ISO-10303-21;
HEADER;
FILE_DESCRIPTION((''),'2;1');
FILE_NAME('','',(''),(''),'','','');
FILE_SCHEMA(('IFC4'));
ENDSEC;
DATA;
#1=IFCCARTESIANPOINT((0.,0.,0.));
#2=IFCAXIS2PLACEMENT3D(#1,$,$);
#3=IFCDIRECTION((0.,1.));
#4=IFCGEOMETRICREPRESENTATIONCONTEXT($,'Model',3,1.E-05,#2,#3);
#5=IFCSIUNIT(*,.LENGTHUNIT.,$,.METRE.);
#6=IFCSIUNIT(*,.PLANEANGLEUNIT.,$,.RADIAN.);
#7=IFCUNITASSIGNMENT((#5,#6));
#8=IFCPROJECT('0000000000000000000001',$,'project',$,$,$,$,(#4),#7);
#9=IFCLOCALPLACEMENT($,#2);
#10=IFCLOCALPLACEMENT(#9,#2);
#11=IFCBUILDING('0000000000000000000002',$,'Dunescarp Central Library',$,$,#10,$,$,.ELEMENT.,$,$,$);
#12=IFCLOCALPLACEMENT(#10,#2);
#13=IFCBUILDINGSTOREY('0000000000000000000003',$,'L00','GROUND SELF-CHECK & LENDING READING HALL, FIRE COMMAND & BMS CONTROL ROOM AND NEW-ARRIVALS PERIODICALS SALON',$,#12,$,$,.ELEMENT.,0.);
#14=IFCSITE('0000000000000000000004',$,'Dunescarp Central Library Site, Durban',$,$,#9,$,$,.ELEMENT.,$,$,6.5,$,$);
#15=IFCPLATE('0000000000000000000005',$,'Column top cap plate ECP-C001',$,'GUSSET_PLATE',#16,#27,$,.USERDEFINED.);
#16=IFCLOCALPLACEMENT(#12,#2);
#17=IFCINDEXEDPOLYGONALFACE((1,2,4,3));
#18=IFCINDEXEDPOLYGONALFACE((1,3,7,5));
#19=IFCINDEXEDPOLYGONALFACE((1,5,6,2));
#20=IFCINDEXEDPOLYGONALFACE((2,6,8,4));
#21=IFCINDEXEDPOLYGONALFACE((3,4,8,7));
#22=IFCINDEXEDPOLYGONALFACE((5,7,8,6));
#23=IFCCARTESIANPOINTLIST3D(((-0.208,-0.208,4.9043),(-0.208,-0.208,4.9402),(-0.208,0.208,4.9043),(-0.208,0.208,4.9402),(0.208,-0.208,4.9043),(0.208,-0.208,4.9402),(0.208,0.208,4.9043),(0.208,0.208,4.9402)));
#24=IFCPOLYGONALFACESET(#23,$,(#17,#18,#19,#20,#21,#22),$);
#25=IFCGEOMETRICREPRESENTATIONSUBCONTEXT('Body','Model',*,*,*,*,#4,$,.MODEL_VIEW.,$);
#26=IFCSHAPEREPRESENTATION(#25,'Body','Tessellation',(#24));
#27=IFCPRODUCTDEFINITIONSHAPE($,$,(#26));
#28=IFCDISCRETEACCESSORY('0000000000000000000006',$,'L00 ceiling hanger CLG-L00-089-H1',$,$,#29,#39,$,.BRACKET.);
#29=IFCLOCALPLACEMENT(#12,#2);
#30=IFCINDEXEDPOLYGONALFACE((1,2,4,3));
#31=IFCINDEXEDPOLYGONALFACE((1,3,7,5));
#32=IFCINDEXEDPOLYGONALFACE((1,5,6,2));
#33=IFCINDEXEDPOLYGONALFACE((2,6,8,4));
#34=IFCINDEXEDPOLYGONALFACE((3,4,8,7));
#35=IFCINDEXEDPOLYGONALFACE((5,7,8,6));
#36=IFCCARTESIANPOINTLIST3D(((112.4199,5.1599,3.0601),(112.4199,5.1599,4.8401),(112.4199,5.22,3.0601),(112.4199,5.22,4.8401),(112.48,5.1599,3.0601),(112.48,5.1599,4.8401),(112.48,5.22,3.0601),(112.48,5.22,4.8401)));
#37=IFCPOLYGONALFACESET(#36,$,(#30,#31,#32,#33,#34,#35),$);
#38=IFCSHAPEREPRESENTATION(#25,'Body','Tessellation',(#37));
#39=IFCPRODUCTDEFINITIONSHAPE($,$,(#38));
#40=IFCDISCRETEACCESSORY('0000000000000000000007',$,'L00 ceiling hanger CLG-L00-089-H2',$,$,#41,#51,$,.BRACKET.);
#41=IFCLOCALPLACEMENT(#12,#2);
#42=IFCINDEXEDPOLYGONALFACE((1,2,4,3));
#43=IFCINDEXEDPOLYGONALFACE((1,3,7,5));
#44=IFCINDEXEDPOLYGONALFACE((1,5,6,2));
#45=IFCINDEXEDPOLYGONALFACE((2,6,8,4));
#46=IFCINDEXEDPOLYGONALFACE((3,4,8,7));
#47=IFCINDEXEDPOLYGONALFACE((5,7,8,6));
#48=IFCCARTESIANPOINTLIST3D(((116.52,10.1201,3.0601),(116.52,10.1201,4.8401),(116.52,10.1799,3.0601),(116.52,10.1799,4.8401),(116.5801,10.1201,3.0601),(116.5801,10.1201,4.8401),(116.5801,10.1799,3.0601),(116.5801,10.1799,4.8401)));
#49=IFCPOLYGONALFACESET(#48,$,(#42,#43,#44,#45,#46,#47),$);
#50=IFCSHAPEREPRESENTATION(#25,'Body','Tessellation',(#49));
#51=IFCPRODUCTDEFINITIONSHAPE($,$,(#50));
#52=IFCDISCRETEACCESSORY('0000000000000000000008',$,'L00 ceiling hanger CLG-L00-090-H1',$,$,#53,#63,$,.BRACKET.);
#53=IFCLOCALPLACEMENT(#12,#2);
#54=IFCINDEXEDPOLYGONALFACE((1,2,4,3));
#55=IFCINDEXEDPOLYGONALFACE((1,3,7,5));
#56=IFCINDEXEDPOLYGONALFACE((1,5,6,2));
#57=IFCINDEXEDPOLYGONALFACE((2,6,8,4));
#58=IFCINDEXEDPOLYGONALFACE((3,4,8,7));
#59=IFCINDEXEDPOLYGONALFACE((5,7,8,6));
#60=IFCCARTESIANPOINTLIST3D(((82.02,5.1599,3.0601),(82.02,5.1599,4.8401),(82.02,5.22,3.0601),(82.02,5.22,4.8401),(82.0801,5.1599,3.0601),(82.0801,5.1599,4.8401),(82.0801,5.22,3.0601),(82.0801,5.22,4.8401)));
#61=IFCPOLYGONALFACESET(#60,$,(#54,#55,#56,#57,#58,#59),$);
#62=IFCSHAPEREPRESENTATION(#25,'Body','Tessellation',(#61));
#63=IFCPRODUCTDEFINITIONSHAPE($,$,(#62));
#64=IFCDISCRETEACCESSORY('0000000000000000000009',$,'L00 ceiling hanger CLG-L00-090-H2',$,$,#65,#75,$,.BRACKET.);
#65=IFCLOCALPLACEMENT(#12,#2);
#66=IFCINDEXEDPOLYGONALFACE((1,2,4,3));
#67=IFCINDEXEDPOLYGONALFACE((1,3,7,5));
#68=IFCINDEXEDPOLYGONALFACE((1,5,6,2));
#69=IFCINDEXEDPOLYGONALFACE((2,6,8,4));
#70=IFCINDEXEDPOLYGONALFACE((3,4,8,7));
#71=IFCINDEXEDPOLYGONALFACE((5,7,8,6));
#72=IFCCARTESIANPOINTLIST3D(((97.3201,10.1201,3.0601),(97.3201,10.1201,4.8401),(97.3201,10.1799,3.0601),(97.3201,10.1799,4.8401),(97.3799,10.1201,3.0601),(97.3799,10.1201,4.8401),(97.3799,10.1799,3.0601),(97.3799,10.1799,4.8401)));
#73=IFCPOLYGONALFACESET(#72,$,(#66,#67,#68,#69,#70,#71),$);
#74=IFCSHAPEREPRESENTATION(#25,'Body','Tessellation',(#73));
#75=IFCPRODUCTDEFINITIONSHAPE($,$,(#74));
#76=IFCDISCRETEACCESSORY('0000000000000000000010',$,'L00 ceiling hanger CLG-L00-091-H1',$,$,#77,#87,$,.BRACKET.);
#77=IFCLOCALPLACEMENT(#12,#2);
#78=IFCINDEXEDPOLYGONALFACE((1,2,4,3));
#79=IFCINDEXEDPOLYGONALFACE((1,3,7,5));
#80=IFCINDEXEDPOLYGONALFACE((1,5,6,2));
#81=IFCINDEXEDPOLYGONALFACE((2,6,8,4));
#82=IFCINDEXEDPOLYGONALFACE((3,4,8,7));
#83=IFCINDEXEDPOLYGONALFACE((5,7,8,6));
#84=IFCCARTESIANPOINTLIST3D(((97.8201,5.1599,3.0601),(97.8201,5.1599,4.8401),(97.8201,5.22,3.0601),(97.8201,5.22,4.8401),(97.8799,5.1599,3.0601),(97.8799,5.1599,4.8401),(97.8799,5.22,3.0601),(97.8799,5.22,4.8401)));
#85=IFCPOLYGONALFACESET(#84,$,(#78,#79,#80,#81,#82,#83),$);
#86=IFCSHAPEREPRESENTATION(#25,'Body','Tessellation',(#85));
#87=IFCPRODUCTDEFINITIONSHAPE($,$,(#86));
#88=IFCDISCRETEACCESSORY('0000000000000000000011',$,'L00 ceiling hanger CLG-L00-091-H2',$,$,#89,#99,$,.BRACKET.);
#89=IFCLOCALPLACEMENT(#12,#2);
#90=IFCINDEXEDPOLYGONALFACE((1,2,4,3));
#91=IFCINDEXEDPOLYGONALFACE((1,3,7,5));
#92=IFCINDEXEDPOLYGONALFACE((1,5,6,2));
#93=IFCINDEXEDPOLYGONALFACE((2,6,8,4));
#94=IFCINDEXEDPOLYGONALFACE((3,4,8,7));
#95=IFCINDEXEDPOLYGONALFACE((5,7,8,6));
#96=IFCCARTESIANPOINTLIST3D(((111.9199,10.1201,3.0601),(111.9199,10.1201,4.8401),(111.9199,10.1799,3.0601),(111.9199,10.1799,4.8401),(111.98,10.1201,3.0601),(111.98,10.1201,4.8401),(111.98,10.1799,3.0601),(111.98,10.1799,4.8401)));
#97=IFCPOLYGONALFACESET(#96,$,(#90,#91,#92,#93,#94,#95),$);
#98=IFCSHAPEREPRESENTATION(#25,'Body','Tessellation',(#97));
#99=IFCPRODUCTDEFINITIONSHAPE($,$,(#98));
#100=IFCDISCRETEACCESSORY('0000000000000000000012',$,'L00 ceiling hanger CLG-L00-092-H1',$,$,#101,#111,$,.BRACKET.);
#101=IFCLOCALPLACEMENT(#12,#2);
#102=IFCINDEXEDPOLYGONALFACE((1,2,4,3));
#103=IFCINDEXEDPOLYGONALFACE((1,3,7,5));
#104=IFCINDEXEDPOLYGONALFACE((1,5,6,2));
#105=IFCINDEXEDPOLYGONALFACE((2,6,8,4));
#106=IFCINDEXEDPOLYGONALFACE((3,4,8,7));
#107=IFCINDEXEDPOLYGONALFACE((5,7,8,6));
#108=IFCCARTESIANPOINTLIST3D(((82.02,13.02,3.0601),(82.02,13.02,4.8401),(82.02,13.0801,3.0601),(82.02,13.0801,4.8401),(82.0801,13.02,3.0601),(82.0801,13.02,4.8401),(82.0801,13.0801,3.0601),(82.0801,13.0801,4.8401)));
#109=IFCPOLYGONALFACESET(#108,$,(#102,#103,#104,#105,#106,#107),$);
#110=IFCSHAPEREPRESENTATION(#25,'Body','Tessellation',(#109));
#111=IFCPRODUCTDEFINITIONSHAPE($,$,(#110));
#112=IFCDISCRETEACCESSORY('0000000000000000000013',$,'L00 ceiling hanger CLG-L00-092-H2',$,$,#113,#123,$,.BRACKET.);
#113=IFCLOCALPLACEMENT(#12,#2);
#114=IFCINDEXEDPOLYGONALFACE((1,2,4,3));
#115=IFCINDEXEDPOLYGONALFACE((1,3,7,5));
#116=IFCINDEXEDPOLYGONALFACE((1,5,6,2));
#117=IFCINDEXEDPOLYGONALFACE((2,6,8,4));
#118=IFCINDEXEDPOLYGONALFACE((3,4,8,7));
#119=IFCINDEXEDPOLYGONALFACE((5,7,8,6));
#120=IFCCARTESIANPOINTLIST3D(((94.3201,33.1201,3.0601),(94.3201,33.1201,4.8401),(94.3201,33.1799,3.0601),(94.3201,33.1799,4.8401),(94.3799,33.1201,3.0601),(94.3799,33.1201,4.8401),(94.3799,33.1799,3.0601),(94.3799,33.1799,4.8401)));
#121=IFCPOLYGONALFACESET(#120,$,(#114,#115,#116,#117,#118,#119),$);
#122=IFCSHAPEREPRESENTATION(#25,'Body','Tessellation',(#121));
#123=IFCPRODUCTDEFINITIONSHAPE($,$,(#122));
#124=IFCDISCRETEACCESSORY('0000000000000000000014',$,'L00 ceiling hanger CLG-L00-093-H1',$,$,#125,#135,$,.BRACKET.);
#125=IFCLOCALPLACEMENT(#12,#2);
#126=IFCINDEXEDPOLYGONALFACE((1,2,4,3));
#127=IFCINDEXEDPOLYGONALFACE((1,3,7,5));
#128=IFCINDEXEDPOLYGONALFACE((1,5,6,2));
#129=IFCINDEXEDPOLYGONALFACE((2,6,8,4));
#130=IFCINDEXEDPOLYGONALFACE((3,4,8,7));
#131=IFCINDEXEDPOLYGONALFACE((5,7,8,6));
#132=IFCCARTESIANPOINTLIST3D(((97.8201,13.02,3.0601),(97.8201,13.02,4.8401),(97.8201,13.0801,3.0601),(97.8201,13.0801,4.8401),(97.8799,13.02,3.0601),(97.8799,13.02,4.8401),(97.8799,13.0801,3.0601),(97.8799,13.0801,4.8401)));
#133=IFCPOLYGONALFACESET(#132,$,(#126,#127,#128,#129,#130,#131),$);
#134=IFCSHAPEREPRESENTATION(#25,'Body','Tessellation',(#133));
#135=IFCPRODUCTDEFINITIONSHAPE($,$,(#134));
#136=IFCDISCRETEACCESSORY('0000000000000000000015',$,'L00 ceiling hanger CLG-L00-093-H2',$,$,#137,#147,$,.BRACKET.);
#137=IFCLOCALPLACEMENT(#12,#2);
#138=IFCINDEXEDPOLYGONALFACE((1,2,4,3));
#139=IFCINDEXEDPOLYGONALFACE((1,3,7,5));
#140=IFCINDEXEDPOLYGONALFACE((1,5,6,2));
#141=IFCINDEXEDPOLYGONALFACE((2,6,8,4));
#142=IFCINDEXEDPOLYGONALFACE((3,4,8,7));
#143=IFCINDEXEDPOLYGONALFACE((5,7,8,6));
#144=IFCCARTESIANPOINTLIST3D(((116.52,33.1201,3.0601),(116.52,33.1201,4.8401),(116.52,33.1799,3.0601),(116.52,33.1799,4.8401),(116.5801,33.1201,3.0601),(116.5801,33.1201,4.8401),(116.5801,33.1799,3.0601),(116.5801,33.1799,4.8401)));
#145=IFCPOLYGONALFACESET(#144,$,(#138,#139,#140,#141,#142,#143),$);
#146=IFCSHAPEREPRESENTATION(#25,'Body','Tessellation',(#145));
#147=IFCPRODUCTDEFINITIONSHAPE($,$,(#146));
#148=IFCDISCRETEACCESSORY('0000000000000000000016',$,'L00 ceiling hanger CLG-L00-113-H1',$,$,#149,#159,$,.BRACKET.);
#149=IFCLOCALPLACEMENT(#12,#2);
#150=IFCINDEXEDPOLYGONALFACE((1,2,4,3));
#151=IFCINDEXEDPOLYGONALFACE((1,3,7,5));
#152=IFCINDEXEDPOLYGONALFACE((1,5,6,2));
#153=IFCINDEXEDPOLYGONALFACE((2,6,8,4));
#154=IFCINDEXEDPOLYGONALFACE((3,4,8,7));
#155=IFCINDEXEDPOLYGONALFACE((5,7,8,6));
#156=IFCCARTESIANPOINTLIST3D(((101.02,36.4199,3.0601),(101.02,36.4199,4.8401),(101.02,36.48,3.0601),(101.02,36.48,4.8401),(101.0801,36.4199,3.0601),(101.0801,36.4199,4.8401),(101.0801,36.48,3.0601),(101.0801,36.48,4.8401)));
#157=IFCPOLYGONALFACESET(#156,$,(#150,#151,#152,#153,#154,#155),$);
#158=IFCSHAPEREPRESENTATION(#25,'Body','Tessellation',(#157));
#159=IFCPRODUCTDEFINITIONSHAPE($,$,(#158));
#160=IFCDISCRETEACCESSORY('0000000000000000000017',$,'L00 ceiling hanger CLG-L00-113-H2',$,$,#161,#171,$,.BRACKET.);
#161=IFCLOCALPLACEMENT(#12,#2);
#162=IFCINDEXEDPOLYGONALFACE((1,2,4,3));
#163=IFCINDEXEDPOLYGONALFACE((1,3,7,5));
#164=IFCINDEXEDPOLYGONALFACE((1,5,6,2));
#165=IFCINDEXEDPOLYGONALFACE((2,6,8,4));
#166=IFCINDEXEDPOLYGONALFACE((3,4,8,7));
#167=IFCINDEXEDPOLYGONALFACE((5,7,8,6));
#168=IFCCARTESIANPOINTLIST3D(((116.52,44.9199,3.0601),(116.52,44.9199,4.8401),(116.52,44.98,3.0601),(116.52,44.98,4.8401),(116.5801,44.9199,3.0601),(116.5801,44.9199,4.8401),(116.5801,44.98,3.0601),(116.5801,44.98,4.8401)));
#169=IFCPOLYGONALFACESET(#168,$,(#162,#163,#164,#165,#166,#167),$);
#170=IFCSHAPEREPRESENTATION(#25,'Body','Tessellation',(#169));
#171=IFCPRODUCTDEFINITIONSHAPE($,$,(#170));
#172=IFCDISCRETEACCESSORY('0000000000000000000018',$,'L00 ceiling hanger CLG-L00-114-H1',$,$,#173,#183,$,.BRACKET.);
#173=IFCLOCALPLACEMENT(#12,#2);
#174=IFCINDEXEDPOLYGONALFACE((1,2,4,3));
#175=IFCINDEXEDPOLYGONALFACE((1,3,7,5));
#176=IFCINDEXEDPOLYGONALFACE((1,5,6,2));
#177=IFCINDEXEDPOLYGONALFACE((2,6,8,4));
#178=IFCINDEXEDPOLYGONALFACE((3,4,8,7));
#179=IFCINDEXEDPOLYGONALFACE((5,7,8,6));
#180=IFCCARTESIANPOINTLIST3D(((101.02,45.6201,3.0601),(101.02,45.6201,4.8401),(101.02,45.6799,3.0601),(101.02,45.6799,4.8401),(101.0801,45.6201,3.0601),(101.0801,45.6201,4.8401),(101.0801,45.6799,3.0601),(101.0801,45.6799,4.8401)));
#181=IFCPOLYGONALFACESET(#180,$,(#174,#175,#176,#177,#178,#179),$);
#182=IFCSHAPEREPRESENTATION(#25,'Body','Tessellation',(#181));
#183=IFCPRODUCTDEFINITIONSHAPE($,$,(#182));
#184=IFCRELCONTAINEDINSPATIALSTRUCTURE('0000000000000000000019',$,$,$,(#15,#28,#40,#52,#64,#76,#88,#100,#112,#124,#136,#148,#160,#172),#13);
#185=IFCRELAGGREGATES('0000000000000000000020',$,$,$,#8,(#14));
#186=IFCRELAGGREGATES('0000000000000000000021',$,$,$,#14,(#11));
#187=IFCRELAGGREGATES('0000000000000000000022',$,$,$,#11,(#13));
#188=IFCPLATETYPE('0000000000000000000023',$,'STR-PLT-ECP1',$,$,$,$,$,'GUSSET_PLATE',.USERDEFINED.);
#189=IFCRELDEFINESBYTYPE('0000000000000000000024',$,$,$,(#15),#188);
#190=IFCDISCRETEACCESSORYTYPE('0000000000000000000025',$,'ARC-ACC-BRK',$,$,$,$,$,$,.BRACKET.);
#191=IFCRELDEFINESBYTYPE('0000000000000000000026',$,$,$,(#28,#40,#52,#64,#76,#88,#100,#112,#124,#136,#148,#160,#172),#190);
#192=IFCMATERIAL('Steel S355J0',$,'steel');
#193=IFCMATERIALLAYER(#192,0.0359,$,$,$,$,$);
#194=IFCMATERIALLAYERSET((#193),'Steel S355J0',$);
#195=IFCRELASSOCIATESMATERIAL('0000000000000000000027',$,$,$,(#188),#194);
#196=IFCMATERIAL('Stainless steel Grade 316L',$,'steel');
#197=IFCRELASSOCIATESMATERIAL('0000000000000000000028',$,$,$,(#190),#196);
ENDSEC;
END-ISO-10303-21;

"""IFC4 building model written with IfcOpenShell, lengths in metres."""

from ifc_helpers import new_model, si_unit, direction, frame, origin, origin_2d, place, context, subcontext, project, spatial, polyline, rectangle, outline, extrude, material, layer, layer_set, type_object, element, save


model = new_model("IFC4")

# Units and contexts
model_context = context("Model", 3, precision=1e-05, world=origin(), true_north=direction((0.0, 1.0)))
body_context = subcontext(model_context, "Body", "Model", "MODEL_VIEW")
ifc_project = project(units=[si_unit("LENGTHUNIT", "METRE"), si_unit("PLANEANGLEUNIT", "RADIAN")], contexts=[model_context])

# Site, building, storey
site_placement = place(None, origin())
site = spatial("IfcSite", under=ifc_project, at=site_placement, Name="Dunescarp Central Library Site, Durban", CompositionType="ELEMENT", RefElevation=6.5)
building_placement = place(site_placement, origin())
building = spatial("IfcBuilding", under=site, at=building_placement, Name="Dunescarp Central Library", CompositionType="ELEMENT")
storey_placement = place(building_placement, origin())
storey = spatial("IfcBuildingStorey", under=building, at=storey_placement, Name="L00", Description="GROUND SELF-CHECK & LENDING READING HALL, FIRE COMMAND & BMS CONTROL ROOM AND NEW-ARRIVALS PERIODICALS SALON", CompositionType="ELEMENT", Elevation=0.0)

# Plate
ifc_material_1 = material(Name="Steel S355J0", Category="steel")
ifc_layer = layer(ifc_material_1, 0.0359)
ifc_layer_set = layer_set([ifc_layer], Name="Steel S355J0")
plate_type = type_object("IfcPlateType", Name="STR-PLT-ECP1", ElementType="GUSSET_PLATE", PredefinedType="USERDEFINED", material=ifc_layer_set)
plate_placement = place(storey_placement, frame((0.0, 0.0, 4.9043), z_axis=(0.0, 0.0, 1.0), x_axis=(1.0, 0.0, 0.0)))
element("IfcPlate", 1, at=plate_placement, inside=storey, type_object=plate_type, Name="Column top cap plate ECP-C001", ObjectType="GUSSET_PLATE", PredefinedType="USERDEFINED", context=body_context, shape_type="SweptSolid", body=[
    extrude(rectangle(XDim=0.416, YDim=0.416, at=origin_2d()), origin(), (0.0, 0.0, 1.0), 0.0359),
])

# Discrete accessories
ifc_material_2 = material(Name="Stainless steel Grade 316L", Category="steel")
discrete_accessory_type = type_object("IfcDiscreteAccessoryType", Name="ARC-ACC-BRK", PredefinedType="BRACKET", material=ifc_material_2)
discrete_accessory_1_placement = place(storey_placement, frame((0.0, 0.0, 3.0601)))
element("IfcDiscreteAccessory", 2, at=discrete_accessory_1_placement, inside=storey, type_object=discrete_accessory_type, Name="L00 ceiling hanger CLG-L00-089-H1", PredefinedType="BRACKET", context=body_context, shape_type="SweptSolid", body=[
    extrude(outline(polyline([(112.4199, 5.1599), (112.48, 5.1599), (112.48, 5.22), (112.4199, 5.22), (112.4199, 5.1599)])), origin(), (0.0, 0.0, 1.0), 1.78),
])
discrete_accessory_2_placement = place(storey_placement, frame((0.0, 0.0, 3.0601)))
element("IfcDiscreteAccessory", 3, at=discrete_accessory_2_placement, inside=storey, type_object=discrete_accessory_type, Name="L00 ceiling hanger CLG-L00-089-H2", PredefinedType="BRACKET", context=body_context, shape_type="SweptSolid", body=[
    extrude(outline(polyline([(116.52, 10.1201), (116.5801, 10.1201), (116.5801, 10.1799), (116.52, 10.1799), (116.52, 10.1201)])), origin(), (0.0, 0.0, 1.0), 1.78),
])
discrete_accessory_3_placement = place(storey_placement, frame((0.0, 0.0, 3.0601)))
element("IfcDiscreteAccessory", 4, at=discrete_accessory_3_placement, inside=storey, type_object=discrete_accessory_type, Name="L00 ceiling hanger CLG-L00-090-H1", PredefinedType="BRACKET", context=body_context, shape_type="SweptSolid", body=[
    extrude(outline(polyline([(82.02, 5.1599), (82.0801, 5.1599), (82.0801, 5.22), (82.02, 5.22), (82.02, 5.1599)])), origin(), (0.0, 0.0, 1.0), 1.78),
])
discrete_accessory_4_placement = place(storey_placement, frame((0.0, 0.0, 3.0601)))
element("IfcDiscreteAccessory", 5, at=discrete_accessory_4_placement, inside=storey, type_object=discrete_accessory_type, Name="L00 ceiling hanger CLG-L00-090-H2", PredefinedType="BRACKET", context=body_context, shape_type="SweptSolid", body=[
    extrude(outline(polyline([(97.3201, 10.1201), (97.3799, 10.1201), (97.3799, 10.1799), (97.3201, 10.1799), (97.3201, 10.1201)])), origin(), (0.0, 0.0, 1.0), 1.78),
])
discrete_accessory_5_placement = place(storey_placement, frame((0.0, 0.0, 3.0601)))
element("IfcDiscreteAccessory", 6, at=discrete_accessory_5_placement, inside=storey, type_object=discrete_accessory_type, Name="L00 ceiling hanger CLG-L00-091-H1", PredefinedType="BRACKET", context=body_context, shape_type="SweptSolid", body=[
    extrude(outline(polyline([(97.8201, 5.1599), (97.8799, 5.1599), (97.8799, 5.22), (97.8201, 5.22), (97.8201, 5.1599)])), origin(), (0.0, 0.0, 1.0), 1.78),
])
discrete_accessory_6_placement = place(storey_placement, frame((0.0, 0.0, 3.0601)))
element("IfcDiscreteAccessory", 7, at=discrete_accessory_6_placement, inside=storey, type_object=discrete_accessory_type, Name="L00 ceiling hanger CLG-L00-091-H2", PredefinedType="BRACKET", context=body_context, shape_type="SweptSolid", body=[
    extrude(outline(polyline([(111.9199, 10.1201), (111.98, 10.1201), (111.98, 10.1799), (111.9199, 10.1799), (111.9199, 10.1201)])), origin(), (0.0, 0.0, 1.0), 1.78),
])
discrete_accessory_7_placement = place(storey_placement, frame((0.0, 0.0, 3.0601)))
element("IfcDiscreteAccessory", 8, at=discrete_accessory_7_placement, inside=storey, type_object=discrete_accessory_type, Name="L00 ceiling hanger CLG-L00-092-H1", PredefinedType="BRACKET", context=body_context, shape_type="SweptSolid", body=[
    extrude(outline(polyline([(82.02, 13.02), (82.0801, 13.02), (82.0801, 13.0801), (82.02, 13.0801), (82.02, 13.02)])), origin(), (0.0, 0.0, 1.0), 1.78),
])
discrete_accessory_8_placement = place(storey_placement, frame((0.0, 0.0, 3.0601)))
element("IfcDiscreteAccessory", 9, at=discrete_accessory_8_placement, inside=storey, type_object=discrete_accessory_type, Name="L00 ceiling hanger CLG-L00-092-H2", PredefinedType="BRACKET", context=body_context, shape_type="SweptSolid", body=[
    extrude(outline(polyline([(94.3201, 33.1201), (94.3799, 33.1201), (94.3799, 33.1799), (94.3201, 33.1799), (94.3201, 33.1201)])), origin(), (0.0, 0.0, 1.0), 1.78),
])
discrete_accessory_9_placement = place(storey_placement, frame((0.0, 0.0, 3.0601)))
element("IfcDiscreteAccessory", 10, at=discrete_accessory_9_placement, inside=storey, type_object=discrete_accessory_type, Name="L00 ceiling hanger CLG-L00-093-H1", PredefinedType="BRACKET", context=body_context, shape_type="SweptSolid", body=[
    extrude(outline(polyline([(97.8201, 13.02), (97.8799, 13.02), (97.8799, 13.0801), (97.8201, 13.0801), (97.8201, 13.02)])), origin(), (0.0, 0.0, 1.0), 1.78),
])
discrete_accessory_10_placement = place(storey_placement, frame((0.0, 0.0, 3.0601)))
element("IfcDiscreteAccessory", 11, at=discrete_accessory_10_placement, inside=storey, type_object=discrete_accessory_type, Name="L00 ceiling hanger CLG-L00-093-H2", PredefinedType="BRACKET", context=body_context, shape_type="SweptSolid", body=[
    extrude(outline(polyline([(116.52, 33.1201), (116.5801, 33.1201), (116.5801, 33.1799), (116.52, 33.1799), (116.52, 33.1201)])), origin(), (0.0, 0.0, 1.0), 1.78),
])
discrete_accessory_11_placement = place(storey_placement, frame((0.0, 0.0, 3.0601)))
element("IfcDiscreteAccessory", 12, at=discrete_accessory_11_placement, inside=storey, type_object=discrete_accessory_type, Name="L00 ceiling hanger CLG-L00-113-H1", PredefinedType="BRACKET", context=body_context, shape_type="SweptSolid", body=[
    extrude(outline(polyline([(101.02, 36.4199), (101.0801, 36.4199), (101.0801, 36.48), (101.02, 36.48), (101.02, 36.4199)])), origin(), (0.0, 0.0, 1.0), 1.78),
])
discrete_accessory_12_placement = place(storey_placement, frame((0.0, 0.0, 3.0601)))
element("IfcDiscreteAccessory", 13, at=discrete_accessory_12_placement, inside=storey, type_object=discrete_accessory_type, Name="L00 ceiling hanger CLG-L00-113-H2", PredefinedType="BRACKET", context=body_context, shape_type="SweptSolid", body=[
    extrude(outline(polyline([(116.52, 44.9199), (116.5801, 44.9199), (116.5801, 44.98), (116.52, 44.98), (116.52, 44.9199)])), origin(), (0.0, 0.0, 1.0), 1.78),
])
discrete_accessory_13_placement = place(storey_placement, frame((0.0, 0.0, 3.0601)))
element("IfcDiscreteAccessory", 14, at=discrete_accessory_13_placement, inside=storey, type_object=discrete_accessory_type, Name="L00 ceiling hanger CLG-L00-114-H1", PredefinedType="BRACKET", context=body_context, shape_type="SweptSolid", body=[
    extrude(outline(polyline([(101.02, 45.6201), (101.0801, 45.6201), (101.0801, 45.6799), (101.02, 45.6799), (101.02, 45.6201)])), origin(), (0.0, 0.0, 1.0), 1.78),
])

save(model, "model.ifc")
